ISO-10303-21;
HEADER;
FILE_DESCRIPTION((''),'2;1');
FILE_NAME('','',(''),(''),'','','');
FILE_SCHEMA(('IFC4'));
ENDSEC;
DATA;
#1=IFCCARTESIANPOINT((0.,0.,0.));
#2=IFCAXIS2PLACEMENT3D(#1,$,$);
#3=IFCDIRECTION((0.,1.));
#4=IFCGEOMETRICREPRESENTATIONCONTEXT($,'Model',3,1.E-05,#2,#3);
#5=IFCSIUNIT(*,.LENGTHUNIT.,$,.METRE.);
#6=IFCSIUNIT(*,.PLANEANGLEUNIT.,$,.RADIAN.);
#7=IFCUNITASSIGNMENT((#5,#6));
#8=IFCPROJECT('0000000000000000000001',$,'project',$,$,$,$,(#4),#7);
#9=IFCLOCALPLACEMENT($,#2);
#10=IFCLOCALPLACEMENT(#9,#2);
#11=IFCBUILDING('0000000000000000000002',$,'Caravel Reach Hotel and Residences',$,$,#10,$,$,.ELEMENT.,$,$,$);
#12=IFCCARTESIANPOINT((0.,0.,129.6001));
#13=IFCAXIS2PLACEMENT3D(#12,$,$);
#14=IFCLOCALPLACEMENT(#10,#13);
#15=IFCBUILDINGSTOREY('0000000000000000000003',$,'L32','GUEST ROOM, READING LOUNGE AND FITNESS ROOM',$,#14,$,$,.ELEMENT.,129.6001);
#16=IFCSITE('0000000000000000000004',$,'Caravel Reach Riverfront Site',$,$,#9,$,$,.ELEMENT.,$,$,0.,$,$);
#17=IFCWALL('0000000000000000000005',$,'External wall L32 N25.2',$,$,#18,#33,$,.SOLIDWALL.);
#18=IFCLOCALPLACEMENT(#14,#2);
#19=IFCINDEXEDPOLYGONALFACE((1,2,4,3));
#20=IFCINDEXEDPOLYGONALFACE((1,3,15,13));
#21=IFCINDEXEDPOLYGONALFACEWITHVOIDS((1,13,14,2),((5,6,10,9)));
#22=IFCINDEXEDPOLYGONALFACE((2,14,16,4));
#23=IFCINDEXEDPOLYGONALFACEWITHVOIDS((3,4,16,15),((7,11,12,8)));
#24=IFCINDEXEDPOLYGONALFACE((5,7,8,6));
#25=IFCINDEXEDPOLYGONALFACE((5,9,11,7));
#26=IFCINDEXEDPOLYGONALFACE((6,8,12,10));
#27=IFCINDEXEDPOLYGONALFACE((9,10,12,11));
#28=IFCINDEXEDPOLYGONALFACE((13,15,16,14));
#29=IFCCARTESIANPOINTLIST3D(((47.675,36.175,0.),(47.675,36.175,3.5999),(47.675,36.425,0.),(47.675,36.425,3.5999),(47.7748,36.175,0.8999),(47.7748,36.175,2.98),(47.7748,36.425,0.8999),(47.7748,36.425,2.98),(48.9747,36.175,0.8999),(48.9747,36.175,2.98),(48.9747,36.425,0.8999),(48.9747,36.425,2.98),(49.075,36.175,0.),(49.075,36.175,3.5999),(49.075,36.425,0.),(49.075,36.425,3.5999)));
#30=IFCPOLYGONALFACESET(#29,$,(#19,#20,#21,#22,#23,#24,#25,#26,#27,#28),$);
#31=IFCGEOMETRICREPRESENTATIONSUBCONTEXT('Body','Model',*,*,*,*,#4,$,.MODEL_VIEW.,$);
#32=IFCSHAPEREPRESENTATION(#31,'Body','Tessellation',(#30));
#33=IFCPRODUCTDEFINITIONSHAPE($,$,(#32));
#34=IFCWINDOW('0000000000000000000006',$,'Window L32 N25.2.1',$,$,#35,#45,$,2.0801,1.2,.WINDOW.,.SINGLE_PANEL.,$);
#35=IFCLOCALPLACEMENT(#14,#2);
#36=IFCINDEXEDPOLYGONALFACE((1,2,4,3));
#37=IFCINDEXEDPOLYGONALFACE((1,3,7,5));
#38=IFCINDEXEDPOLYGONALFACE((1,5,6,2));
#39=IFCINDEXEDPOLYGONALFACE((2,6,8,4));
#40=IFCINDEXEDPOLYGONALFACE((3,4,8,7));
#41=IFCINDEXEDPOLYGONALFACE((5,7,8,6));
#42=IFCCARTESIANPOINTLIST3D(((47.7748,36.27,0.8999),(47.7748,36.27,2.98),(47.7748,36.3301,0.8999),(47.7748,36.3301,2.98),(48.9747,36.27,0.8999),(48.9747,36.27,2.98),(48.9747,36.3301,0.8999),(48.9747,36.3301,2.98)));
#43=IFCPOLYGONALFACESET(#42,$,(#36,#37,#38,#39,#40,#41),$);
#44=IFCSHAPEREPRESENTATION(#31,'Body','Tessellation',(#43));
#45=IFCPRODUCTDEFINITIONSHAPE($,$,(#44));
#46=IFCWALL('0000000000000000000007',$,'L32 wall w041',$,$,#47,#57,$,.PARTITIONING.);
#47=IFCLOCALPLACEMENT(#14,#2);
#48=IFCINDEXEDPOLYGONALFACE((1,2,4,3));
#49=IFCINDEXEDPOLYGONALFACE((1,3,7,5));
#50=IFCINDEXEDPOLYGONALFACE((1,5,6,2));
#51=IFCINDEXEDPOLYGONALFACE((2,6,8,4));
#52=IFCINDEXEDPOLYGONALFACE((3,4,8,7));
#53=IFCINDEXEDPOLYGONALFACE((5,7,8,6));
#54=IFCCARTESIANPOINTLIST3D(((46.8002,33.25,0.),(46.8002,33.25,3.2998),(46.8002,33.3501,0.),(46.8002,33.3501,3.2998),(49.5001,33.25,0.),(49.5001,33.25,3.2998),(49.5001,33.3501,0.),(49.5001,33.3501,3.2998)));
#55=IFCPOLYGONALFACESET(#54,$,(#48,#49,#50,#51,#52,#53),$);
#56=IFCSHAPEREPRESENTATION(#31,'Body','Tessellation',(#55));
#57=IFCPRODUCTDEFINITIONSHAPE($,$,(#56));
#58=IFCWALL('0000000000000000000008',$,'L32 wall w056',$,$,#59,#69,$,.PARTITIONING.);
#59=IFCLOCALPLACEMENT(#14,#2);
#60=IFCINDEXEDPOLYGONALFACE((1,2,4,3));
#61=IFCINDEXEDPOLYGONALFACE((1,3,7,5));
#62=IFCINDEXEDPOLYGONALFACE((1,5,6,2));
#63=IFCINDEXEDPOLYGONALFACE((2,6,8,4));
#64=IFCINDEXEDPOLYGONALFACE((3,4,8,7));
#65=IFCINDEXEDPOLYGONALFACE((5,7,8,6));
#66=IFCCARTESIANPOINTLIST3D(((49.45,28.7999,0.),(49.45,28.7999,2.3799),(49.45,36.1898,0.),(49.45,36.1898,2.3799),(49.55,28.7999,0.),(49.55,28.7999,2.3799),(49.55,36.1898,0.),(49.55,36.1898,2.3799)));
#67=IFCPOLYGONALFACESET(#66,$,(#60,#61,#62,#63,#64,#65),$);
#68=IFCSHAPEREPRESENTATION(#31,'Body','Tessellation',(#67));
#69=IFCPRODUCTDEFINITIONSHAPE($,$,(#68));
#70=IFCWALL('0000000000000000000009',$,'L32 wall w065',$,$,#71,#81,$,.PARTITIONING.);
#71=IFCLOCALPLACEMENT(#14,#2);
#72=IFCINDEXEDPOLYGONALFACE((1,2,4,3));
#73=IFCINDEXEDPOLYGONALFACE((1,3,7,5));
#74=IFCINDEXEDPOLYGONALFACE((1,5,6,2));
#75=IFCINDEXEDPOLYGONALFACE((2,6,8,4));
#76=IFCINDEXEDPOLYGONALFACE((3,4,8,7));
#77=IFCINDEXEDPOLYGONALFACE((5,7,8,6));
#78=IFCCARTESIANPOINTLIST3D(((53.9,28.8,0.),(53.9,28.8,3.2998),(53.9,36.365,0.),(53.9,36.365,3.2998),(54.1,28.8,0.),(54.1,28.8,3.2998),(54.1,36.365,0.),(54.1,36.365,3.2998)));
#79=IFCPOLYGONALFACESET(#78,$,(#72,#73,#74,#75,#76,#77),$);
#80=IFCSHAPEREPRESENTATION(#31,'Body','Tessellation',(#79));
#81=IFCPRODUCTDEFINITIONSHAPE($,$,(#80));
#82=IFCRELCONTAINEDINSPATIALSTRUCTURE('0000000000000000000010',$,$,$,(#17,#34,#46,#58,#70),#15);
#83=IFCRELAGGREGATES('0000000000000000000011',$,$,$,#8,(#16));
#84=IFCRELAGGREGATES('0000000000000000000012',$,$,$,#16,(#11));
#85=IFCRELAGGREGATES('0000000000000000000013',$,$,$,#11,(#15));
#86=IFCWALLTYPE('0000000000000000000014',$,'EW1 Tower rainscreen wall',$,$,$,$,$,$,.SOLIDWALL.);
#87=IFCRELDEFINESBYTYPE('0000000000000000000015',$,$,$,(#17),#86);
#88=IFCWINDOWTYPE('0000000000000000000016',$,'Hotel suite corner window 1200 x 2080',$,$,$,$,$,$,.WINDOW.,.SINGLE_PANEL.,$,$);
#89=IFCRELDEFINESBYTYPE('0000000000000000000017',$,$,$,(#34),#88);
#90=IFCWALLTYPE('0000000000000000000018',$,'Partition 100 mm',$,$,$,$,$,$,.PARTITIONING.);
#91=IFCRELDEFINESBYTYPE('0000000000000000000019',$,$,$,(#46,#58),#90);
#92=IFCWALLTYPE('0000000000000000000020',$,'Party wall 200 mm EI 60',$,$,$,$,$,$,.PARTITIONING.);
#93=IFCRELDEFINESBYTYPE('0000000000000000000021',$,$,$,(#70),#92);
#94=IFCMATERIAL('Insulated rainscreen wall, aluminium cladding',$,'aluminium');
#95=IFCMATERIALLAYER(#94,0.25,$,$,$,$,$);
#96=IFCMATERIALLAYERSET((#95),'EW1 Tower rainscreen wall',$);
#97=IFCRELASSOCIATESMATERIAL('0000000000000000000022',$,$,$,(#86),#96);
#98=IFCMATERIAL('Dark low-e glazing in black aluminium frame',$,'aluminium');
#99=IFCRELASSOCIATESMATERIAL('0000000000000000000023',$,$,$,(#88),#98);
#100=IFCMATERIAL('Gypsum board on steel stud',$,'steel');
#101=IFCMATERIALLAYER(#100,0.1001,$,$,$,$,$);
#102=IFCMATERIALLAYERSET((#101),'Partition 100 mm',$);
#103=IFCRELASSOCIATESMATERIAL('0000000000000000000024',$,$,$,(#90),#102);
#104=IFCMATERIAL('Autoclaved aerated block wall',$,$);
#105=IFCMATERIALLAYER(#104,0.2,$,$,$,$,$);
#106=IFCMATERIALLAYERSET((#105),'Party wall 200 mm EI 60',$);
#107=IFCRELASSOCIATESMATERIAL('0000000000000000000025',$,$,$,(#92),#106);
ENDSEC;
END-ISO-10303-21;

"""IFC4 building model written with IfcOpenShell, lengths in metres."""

from ifc_helpers import new_model, si_unit, direction, frame, frame_2d, origin, place, context, subcontext, project, spatial, rectangle, extrude, material, layer, layer_set, type_object, element, fill, save


model = new_model("IFC4")

# Units and contexts
model_context = context("Model", 3, precision=1e-05, world=origin(), true_north=direction((0.0, 1.0)))
body_context = subcontext(model_context, "Body", "Model", "MODEL_VIEW")
ifc_project = project(units=[si_unit("LENGTHUNIT", "METRE"), si_unit("PLANEANGLEUNIT", "RADIAN")], contexts=[model_context])

# Site, building, storey
site_placement = place(None, origin())
site = spatial("IfcSite", under=ifc_project, at=site_placement, Name="Caravel Reach Riverfront Site", CompositionType="ELEMENT", RefElevation=0.0)
building_placement = place(site_placement, origin())
building = spatial("IfcBuilding", under=site, at=building_placement, Name="Caravel Reach Hotel and Residences", CompositionType="ELEMENT")
storey_placement = place(building_placement, frame((0.0, 0.0, 129.6001)))
storey = spatial("IfcBuildingStorey", under=building, at=storey_placement, Name="L32", Description="GUEST ROOM, READING LOUNGE AND FITNESS ROOM", CompositionType="ELEMENT", Elevation=129.6001)

# Wall, opening, window
ifc_material_1 = material(Name="Insulated rainscreen wall, aluminium cladding", Category="aluminium")
ifc_layer_1 = layer(ifc_material_1, 0.25)
ifc_layer_set_1 = layer_set([ifc_layer_1], Name="EW1 Tower rainscreen wall")
wall_type_1 = type_object("IfcWallType", Name="EW1 Tower rainscreen wall", PredefinedType="SOLIDWALL", material=ifc_layer_set_1)
wall_1_placement = place(storey_placement, frame((49.075, 36.3, 0.0), z_axis=(0.0, 0.0, 1.0), x_axis=(-1.0, 0.0, 0.0)))
wall_1 = element("IfcWall", 1, at=wall_1_placement, inside=storey, type_object=wall_type_1, Name="External wall L32 N25.2", PredefinedType="SOLIDWALL", context=body_context, shape_type="SweptSolid", body=[
    extrude(rectangle(XDim=1.3999, YDim=0.25, at=frame_2d((0.7, 0.0))), origin(), (0.0, 0.0, 1.0), 3.5999),
])
opening_1_placement = place(wall_1_placement, frame((0.1001, 0.0, 0.8999)))
opening_1 = element("IfcOpeningElement", 2, at=opening_1_placement, cuts=wall_1, PredefinedType="OPENING", context=body_context, shape_type="SweptSolid", body=[
    extrude(rectangle(XDim=1.2, YDim=2.0801, at=frame_2d((0.6001, 1.04))), frame((0.0, 0.135, 0.0), z_axis=(0.0, -1.0, 0.0), x_axis=(1.0, 0.0, 0.0)), (0.0, 0.0, 1.0), 0.27),
])
ifc_material_2 = material(Name="Dark low-e glazing in black aluminium frame", Category="aluminium")
window_type = type_object("IfcWindowType", Name="Hotel suite corner window 1200 x 2080", PartitioningType="SINGLE_PANEL", PredefinedType="WINDOW", material=ifc_material_2)
window_placement = place(opening_1_placement, origin())
window = element("IfcWindow", 3, at=window_placement, inside=storey, type_object=window_type, Name="Window L32 N25.2.1", OverallHeight=2.0801, OverallWidth=1.2, PartitioningType="SINGLE_PANEL", PredefinedType="WINDOW", context=body_context, shape_type="SweptSolid", body=[
    extrude(rectangle(XDim=1.2, YDim=2.0801, at=frame_2d((0.6001, 1.04))), frame((0.0, 0.03, 0.0), z_axis=(0.0, -1.0, 0.0), x_axis=(1.0, 0.0, 0.0)), (0.0, 0.0, 1.0), 0.0601),
])
fill(opening_1, window)

# Walls
ifc_material_3 = material(Name="Gypsum board on steel stud", Category="steel")
ifc_layer_2 = layer(ifc_material_3, 0.1001)
ifc_layer_set_2 = layer_set([ifc_layer_2], Name="Partition 100 mm")
wall_type_2 = type_object("IfcWallType", Name="Partition 100 mm", PredefinedType="PARTITIONING", material=ifc_layer_set_2)
wall_2_placement = place(storey_placement, frame((46.8, 33.3, 0.0), z_axis=(0.0, 0.0, 1.0), x_axis=(1.0, 0.0, 0.0)))
element("IfcWall", 4, at=wall_2_placement, inside=storey, type_object=wall_type_2, Name="L32 wall w041", PredefinedType="PARTITIONING", context=body_context, shape_type="SweptSolid", body=[
    extrude(rectangle(XDim=2.7, YDim=0.1001, at=frame_2d((1.3501, 0.0))), origin(), (0.0, 0.0, 1.0), 3.2998),
])
wall_3_placement = place(storey_placement, frame((49.5, 28.8, 0.0), z_axis=(0.0, 0.0, 1.0), x_axis=(0.0, 1.0, 0.0)))
element("IfcWall", 5, at=wall_3_placement, inside=storey, type_object=wall_type_2, Name="L32 wall w056", PredefinedType="PARTITIONING", context=body_context, shape_type="SweptSolid", body=[
    extrude(rectangle(XDim=7.3899, YDim=0.1001, at=frame_2d((3.6948, 0.0))), origin(), (0.0, 0.0, 1.0), 2.3799),
])
ifc_material_4 = material(Name="Autoclaved aerated block wall")
ifc_layer_3 = layer(ifc_material_4, 0.2)
ifc_layer_set_3 = layer_set([ifc_layer_3], Name="Party wall 200 mm EI 60")
wall_type_3 = type_object("IfcWallType", Name="Party wall 200 mm EI 60", PredefinedType="PARTITIONING", material=ifc_layer_set_3)
wall_4_placement = place(storey_placement, frame((54.0, 28.8, 0.0), z_axis=(0.0, 0.0, 1.0), x_axis=(0.0, 1.0, 0.0)))
element("IfcWall", 6, at=wall_4_placement, inside=storey, type_object=wall_type_3, Name="L32 wall w065", PredefinedType="PARTITIONING", context=body_context, shape_type="SweptSolid", body=[
    extrude(rectangle(XDim=7.5649, YDim=0.2, at=frame_2d((3.7825, 0.0))), origin(), (0.0, 0.0, 1.0), 3.2998),
])

save(model, "model.ifc")
